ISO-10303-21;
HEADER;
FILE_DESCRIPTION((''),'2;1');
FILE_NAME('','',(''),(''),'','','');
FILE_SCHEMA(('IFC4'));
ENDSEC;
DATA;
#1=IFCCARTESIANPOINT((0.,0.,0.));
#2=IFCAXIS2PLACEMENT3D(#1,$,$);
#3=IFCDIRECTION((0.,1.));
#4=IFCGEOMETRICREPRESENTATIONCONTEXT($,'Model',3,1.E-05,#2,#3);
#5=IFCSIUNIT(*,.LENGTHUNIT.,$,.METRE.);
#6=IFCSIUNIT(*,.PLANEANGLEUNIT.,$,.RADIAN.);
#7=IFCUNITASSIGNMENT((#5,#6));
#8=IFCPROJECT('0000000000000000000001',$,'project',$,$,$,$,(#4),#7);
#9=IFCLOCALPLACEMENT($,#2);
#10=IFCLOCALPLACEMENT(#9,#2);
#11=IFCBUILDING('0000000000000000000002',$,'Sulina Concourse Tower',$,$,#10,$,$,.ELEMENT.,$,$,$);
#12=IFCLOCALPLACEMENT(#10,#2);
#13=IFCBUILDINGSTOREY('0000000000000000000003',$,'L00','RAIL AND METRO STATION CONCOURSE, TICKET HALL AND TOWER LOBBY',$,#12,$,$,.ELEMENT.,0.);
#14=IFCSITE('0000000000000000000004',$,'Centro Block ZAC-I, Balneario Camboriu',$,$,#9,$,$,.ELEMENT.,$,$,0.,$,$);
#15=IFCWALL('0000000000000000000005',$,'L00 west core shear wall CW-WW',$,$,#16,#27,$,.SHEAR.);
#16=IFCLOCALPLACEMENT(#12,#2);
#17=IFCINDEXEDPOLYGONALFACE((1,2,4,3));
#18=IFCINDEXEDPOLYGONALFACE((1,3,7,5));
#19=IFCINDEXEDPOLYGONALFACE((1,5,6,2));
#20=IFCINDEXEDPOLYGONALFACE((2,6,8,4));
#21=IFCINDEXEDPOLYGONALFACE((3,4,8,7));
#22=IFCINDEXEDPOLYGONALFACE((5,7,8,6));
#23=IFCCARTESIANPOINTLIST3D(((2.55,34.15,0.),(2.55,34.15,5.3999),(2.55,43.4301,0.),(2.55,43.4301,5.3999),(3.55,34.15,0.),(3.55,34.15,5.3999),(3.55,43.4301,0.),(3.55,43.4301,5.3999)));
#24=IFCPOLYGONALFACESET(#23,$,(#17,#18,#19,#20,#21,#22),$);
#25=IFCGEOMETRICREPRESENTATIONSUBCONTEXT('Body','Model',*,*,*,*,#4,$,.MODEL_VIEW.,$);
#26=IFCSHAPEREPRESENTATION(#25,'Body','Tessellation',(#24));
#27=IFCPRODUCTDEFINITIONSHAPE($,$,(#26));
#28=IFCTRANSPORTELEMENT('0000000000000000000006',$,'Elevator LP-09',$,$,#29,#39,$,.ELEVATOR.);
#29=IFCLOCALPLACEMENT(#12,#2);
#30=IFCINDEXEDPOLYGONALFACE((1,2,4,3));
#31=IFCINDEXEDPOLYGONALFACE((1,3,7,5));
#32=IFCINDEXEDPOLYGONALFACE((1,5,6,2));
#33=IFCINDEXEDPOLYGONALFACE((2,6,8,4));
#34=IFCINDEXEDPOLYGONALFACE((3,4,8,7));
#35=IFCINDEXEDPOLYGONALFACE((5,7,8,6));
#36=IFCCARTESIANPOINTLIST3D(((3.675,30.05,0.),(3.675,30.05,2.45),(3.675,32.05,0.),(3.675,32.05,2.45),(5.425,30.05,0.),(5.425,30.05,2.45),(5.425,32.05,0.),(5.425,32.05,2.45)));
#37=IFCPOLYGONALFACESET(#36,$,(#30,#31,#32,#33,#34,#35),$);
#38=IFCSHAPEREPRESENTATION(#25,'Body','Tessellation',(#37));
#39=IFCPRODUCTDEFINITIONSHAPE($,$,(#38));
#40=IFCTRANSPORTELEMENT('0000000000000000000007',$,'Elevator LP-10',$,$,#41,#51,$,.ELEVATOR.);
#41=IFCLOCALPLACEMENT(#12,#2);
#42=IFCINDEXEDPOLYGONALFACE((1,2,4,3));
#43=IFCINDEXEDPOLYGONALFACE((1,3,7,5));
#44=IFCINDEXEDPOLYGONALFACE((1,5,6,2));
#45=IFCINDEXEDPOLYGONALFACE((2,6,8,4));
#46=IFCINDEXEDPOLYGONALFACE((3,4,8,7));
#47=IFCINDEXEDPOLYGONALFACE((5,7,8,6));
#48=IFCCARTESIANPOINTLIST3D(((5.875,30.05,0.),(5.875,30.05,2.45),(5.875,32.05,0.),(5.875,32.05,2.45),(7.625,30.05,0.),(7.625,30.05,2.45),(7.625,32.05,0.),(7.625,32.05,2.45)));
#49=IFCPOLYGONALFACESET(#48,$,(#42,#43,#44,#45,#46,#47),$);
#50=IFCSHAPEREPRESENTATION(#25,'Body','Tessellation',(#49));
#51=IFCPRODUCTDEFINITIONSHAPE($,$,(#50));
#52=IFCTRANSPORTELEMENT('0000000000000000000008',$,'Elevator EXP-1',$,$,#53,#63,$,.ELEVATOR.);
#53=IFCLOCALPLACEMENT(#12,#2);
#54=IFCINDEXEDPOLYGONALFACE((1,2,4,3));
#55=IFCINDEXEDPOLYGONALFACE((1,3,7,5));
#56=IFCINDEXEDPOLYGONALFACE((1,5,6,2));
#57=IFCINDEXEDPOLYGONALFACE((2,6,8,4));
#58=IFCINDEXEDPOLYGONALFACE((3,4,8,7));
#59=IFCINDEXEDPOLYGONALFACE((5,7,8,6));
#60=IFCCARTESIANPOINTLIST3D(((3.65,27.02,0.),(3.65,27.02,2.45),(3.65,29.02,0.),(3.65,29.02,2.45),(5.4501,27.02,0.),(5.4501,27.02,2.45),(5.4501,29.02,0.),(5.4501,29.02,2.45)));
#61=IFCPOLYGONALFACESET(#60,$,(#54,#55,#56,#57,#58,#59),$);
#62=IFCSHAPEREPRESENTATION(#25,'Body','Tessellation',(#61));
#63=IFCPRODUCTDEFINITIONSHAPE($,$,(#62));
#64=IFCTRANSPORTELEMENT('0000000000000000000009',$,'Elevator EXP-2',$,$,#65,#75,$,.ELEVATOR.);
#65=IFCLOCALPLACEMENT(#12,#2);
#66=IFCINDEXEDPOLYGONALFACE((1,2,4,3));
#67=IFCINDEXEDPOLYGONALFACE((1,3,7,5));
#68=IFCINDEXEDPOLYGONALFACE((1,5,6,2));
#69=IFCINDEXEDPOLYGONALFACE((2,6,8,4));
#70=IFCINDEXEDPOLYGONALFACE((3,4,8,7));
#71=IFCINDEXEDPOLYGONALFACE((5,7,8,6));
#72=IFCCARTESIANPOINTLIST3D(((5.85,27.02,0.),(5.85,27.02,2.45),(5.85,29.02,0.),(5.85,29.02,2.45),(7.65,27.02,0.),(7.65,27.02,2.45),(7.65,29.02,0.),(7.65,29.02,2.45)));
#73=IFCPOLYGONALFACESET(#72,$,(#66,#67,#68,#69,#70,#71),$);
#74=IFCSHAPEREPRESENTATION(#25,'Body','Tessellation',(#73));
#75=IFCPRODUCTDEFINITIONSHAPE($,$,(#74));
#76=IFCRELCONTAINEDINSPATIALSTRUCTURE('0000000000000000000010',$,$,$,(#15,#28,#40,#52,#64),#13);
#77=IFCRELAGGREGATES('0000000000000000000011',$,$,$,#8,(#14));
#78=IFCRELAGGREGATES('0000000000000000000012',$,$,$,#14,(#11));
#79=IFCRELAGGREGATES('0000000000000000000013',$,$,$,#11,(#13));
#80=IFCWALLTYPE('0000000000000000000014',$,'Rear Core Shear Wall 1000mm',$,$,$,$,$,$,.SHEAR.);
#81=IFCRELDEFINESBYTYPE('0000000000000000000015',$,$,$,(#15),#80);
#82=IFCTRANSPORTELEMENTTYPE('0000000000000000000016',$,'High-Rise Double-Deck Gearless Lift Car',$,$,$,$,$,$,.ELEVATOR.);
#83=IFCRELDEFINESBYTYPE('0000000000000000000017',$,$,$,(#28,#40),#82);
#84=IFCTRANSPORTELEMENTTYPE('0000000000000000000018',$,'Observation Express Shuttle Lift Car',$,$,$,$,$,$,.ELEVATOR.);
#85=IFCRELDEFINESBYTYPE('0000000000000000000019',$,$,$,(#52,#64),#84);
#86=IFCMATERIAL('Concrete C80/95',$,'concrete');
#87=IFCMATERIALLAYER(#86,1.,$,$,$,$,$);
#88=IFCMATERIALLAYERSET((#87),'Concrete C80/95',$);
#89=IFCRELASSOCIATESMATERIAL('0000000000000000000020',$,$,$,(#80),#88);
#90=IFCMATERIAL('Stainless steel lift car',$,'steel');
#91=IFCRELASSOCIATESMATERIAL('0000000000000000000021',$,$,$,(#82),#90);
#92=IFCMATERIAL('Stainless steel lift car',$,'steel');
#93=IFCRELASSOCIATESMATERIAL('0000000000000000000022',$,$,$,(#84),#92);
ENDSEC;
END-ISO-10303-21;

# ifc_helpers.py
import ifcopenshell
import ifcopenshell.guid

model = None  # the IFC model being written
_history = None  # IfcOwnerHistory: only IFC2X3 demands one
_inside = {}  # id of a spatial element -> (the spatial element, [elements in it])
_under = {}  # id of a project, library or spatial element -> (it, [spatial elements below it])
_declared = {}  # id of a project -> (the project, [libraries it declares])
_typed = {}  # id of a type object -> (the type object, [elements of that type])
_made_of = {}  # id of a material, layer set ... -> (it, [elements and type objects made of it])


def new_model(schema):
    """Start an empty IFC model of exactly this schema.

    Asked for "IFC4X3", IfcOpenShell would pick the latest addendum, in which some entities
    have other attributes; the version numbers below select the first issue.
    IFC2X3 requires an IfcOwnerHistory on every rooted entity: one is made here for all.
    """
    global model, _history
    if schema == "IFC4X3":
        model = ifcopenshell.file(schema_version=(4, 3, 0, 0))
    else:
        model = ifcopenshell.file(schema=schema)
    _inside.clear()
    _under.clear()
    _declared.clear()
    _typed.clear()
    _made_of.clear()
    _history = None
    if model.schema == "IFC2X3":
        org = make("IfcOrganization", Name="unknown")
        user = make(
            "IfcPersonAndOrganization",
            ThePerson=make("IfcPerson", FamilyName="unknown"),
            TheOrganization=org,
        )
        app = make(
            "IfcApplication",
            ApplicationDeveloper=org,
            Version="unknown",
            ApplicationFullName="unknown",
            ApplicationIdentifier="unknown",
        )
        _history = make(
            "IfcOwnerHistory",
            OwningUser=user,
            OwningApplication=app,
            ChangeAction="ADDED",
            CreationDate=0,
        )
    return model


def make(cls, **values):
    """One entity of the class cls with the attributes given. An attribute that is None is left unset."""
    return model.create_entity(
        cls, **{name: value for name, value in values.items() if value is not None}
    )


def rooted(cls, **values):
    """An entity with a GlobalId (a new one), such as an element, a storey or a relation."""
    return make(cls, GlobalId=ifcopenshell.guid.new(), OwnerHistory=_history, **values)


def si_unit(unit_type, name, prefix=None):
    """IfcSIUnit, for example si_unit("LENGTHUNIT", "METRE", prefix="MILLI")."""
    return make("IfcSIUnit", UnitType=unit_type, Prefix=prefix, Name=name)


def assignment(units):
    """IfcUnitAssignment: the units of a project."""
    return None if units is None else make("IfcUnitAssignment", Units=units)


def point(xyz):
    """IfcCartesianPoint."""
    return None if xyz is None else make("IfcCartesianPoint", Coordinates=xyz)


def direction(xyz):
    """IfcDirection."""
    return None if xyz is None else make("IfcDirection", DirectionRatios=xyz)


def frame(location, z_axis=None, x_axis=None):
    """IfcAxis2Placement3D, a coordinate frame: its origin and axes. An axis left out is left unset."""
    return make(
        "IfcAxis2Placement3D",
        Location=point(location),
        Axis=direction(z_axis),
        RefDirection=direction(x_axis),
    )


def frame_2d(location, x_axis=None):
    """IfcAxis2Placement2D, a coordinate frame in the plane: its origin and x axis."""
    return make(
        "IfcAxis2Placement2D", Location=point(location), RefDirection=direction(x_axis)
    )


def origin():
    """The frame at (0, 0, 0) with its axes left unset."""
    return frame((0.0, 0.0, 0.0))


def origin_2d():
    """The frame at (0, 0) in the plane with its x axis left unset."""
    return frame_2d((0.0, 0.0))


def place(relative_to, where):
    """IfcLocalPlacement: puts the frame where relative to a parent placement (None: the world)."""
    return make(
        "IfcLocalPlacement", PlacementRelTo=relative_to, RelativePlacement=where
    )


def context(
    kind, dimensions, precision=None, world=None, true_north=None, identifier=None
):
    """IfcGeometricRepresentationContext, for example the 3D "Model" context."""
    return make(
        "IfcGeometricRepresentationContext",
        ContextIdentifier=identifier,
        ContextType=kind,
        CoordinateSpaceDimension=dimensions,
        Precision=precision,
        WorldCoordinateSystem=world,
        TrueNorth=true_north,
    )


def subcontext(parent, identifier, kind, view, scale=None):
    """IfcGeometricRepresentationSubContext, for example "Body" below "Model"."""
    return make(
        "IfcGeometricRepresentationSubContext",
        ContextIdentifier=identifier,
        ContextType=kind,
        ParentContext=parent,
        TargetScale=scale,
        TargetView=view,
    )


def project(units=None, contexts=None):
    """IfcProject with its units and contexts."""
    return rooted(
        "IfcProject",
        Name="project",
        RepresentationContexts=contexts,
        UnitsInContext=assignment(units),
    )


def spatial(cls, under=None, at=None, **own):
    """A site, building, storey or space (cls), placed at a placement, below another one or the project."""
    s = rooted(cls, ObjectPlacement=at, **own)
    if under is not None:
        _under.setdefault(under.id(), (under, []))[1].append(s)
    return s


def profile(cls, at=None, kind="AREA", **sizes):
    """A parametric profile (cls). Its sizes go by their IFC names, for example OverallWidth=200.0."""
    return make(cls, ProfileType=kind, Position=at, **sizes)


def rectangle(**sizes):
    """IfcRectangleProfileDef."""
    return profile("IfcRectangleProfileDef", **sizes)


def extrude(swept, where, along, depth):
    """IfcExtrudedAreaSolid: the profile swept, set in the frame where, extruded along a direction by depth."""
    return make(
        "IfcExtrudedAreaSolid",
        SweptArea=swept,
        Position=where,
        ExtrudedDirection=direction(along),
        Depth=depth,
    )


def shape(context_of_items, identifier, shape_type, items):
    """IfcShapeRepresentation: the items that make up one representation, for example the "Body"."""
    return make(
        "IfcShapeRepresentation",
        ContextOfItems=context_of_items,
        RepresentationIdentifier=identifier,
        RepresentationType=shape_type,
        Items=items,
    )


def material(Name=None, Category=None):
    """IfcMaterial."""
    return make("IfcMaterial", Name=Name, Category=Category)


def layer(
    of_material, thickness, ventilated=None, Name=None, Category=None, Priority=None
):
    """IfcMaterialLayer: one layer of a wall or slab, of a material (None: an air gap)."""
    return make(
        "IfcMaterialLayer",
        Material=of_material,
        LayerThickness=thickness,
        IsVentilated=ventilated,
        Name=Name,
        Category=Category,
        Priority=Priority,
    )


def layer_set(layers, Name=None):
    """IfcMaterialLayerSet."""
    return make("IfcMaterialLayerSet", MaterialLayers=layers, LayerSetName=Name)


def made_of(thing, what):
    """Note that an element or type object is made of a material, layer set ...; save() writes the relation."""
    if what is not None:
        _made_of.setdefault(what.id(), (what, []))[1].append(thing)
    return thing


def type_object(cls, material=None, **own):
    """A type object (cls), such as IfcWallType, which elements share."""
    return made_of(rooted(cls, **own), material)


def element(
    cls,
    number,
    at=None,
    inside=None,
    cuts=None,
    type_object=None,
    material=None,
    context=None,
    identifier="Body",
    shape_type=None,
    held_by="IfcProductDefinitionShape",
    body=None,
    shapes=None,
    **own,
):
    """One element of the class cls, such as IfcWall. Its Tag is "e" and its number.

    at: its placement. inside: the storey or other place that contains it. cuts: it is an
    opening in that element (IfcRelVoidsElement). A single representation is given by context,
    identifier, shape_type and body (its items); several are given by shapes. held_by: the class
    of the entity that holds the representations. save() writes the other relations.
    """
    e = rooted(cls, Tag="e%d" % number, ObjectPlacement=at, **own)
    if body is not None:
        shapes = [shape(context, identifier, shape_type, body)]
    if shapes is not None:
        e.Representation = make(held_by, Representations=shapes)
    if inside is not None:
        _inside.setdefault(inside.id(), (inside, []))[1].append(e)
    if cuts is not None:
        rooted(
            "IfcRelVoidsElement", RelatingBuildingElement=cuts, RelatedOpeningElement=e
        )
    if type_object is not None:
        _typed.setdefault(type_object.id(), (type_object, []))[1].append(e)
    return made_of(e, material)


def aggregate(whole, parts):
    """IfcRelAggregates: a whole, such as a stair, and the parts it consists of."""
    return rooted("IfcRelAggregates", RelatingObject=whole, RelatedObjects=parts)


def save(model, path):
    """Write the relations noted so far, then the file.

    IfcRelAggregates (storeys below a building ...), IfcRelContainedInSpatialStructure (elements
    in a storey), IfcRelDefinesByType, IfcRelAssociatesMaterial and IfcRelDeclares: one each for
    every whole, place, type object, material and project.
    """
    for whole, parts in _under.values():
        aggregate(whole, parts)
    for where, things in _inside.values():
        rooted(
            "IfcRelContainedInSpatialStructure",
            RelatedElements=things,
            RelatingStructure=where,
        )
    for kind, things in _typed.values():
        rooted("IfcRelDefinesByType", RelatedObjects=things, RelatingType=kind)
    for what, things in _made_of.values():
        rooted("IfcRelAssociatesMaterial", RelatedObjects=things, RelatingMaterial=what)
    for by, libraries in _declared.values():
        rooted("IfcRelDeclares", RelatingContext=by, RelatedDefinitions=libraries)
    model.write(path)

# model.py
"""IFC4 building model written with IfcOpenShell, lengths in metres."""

from ifc_helpers import new_model, si_unit, direction, frame, frame_2d, origin, origin_2d, place, context, subcontext, project, spatial, rectangle, extrude, material, layer, layer_set, type_object, element, save


model = new_model("IFC4")

# Units and contexts
model_context = context("Model", 3, precision=1e-05, world=origin(), true_north=direction((0.0, 1.0)))
body_context = subcontext(model_context, "Body", "Model", "MODEL_VIEW")
ifc_project = project(units=[si_unit("LENGTHUNIT", "METRE"), si_unit("PLANEANGLEUNIT", "RADIAN")], contexts=[model_context])

# Site, building, storey
site_placement = place(None, origin())
site = spatial("IfcSite", under=ifc_project, at=site_placement, Name="Centro Block ZAC-I, Balneario Camboriu", CompositionType="ELEMENT", RefElevation=0.0)
building_placement = place(site_placement, origin())
building = spatial("IfcBuilding", under=site, at=building_placement, Name="Sulina Concourse Tower", CompositionType="ELEMENT")
storey_placement = place(building_placement, origin())
storey = spatial("IfcBuildingStorey", under=building, at=storey_placement, Name="L00", Description="RAIL AND METRO STATION CONCOURSE, TICKET HALL AND TOWER LOBBY", CompositionType="ELEMENT", Elevation=0.0)

# Wall
ifc_material_1 = material(Name="Concrete C80/95", Category="concrete")
ifc_layer_1 = layer(ifc_material_1, 1.0)
ifc_layer_set_1 = layer_set([ifc_layer_1], Name="Concrete C80/95")
wall_type_1 = type_object("IfcWallType", Name="Rear Core Shear Wall 1000mm", PredefinedType="SHEAR", material=ifc_layer_set_1)
wall_1_placement = place(storey_placement, frame((3.05, 34.1499, 0.0), z_axis=(0.0, 0.0, 1.0), x_axis=(0.0, 1.0, 0.0)))
element("IfcWall", 1, at=wall_1_placement, inside=storey, type_object=wall_type_1, Name="L00 west core shear wall CW-WW", PredefinedType="SHEAR", context=body_context, shape_type="SweptSolid", body=[
    extrude(rectangle(XDim=9.28, YDim=1.0, at=frame_2d((4.6401, 0.0))), origin(), (0.0, 0.0, 1.0), 5.3999),
])

# Transport elements
ifc_material_2 = material(Name="Stainless steel lift car", Category="steel")
transport_element_type_1 = type_object("IfcTransportElementType", Name="High-Rise Double-Deck Gearless Lift Car", PredefinedType="ELEVATOR", material=ifc_material_2)
for number, where, z_axis, x_axis, name in (
    (2, (4.55, 31.05, 0.0), (0.0, 0.0, 1.0), (1.0, 0.0, 0.0), "Elevator LP-09"),
    (3, (6.75, 31.05, 0.0), (0.0, 0.0, 1.0), (1.0, 0.0, 0.0), "Elevator LP-10"),
):
    element("IfcTransportElement", number, at=place(storey_placement, frame(where, z_axis=z_axis, x_axis=x_axis)), inside=storey, type_object=transport_element_type_1, Name=name, PredefinedType="ELEVATOR", context=body_context, shape_type="SweptSolid", body=[
        extrude(rectangle(XDim=1.75, YDim=2.0, at=origin_2d()), origin(), (0.0, 0.0, 1.0), 2.45),
    ])
ifc_material_3 = material(Name="Stainless steel lift car", Category="steel")
transport_element_type_2 = type_object("IfcTransportElementType", Name="Observation Express Shuttle Lift Car", PredefinedType="ELEVATOR", material=ifc_material_3)
for number, where, z_axis, x_axis, name in (
    (4, (4.55, 28.02, 0.0), (0.0, 0.0, 1.0), (1.0, 0.0, 0.0), "Elevator EXP-1"),
    (5, (6.75, 28.02, 0.0), (0.0, 0.0, 1.0), (1.0, 0.0, 0.0), "Elevator EXP-2"),
):
    element("IfcTransportElement", number, at=place(storey_placement, frame(where, z_axis=z_axis, x_axis=x_axis)), inside=storey, type_object=transport_element_type_2, Name=name, PredefinedType="ELEVATOR", context=body_context, shape_type="SweptSolid", body=[
        extrude(rectangle(XDim=1.8, YDim=2.0, at=origin_2d()), origin(), (0.0, 0.0, 1.0), 2.45),
    ])

save(model, "model.ifc")
